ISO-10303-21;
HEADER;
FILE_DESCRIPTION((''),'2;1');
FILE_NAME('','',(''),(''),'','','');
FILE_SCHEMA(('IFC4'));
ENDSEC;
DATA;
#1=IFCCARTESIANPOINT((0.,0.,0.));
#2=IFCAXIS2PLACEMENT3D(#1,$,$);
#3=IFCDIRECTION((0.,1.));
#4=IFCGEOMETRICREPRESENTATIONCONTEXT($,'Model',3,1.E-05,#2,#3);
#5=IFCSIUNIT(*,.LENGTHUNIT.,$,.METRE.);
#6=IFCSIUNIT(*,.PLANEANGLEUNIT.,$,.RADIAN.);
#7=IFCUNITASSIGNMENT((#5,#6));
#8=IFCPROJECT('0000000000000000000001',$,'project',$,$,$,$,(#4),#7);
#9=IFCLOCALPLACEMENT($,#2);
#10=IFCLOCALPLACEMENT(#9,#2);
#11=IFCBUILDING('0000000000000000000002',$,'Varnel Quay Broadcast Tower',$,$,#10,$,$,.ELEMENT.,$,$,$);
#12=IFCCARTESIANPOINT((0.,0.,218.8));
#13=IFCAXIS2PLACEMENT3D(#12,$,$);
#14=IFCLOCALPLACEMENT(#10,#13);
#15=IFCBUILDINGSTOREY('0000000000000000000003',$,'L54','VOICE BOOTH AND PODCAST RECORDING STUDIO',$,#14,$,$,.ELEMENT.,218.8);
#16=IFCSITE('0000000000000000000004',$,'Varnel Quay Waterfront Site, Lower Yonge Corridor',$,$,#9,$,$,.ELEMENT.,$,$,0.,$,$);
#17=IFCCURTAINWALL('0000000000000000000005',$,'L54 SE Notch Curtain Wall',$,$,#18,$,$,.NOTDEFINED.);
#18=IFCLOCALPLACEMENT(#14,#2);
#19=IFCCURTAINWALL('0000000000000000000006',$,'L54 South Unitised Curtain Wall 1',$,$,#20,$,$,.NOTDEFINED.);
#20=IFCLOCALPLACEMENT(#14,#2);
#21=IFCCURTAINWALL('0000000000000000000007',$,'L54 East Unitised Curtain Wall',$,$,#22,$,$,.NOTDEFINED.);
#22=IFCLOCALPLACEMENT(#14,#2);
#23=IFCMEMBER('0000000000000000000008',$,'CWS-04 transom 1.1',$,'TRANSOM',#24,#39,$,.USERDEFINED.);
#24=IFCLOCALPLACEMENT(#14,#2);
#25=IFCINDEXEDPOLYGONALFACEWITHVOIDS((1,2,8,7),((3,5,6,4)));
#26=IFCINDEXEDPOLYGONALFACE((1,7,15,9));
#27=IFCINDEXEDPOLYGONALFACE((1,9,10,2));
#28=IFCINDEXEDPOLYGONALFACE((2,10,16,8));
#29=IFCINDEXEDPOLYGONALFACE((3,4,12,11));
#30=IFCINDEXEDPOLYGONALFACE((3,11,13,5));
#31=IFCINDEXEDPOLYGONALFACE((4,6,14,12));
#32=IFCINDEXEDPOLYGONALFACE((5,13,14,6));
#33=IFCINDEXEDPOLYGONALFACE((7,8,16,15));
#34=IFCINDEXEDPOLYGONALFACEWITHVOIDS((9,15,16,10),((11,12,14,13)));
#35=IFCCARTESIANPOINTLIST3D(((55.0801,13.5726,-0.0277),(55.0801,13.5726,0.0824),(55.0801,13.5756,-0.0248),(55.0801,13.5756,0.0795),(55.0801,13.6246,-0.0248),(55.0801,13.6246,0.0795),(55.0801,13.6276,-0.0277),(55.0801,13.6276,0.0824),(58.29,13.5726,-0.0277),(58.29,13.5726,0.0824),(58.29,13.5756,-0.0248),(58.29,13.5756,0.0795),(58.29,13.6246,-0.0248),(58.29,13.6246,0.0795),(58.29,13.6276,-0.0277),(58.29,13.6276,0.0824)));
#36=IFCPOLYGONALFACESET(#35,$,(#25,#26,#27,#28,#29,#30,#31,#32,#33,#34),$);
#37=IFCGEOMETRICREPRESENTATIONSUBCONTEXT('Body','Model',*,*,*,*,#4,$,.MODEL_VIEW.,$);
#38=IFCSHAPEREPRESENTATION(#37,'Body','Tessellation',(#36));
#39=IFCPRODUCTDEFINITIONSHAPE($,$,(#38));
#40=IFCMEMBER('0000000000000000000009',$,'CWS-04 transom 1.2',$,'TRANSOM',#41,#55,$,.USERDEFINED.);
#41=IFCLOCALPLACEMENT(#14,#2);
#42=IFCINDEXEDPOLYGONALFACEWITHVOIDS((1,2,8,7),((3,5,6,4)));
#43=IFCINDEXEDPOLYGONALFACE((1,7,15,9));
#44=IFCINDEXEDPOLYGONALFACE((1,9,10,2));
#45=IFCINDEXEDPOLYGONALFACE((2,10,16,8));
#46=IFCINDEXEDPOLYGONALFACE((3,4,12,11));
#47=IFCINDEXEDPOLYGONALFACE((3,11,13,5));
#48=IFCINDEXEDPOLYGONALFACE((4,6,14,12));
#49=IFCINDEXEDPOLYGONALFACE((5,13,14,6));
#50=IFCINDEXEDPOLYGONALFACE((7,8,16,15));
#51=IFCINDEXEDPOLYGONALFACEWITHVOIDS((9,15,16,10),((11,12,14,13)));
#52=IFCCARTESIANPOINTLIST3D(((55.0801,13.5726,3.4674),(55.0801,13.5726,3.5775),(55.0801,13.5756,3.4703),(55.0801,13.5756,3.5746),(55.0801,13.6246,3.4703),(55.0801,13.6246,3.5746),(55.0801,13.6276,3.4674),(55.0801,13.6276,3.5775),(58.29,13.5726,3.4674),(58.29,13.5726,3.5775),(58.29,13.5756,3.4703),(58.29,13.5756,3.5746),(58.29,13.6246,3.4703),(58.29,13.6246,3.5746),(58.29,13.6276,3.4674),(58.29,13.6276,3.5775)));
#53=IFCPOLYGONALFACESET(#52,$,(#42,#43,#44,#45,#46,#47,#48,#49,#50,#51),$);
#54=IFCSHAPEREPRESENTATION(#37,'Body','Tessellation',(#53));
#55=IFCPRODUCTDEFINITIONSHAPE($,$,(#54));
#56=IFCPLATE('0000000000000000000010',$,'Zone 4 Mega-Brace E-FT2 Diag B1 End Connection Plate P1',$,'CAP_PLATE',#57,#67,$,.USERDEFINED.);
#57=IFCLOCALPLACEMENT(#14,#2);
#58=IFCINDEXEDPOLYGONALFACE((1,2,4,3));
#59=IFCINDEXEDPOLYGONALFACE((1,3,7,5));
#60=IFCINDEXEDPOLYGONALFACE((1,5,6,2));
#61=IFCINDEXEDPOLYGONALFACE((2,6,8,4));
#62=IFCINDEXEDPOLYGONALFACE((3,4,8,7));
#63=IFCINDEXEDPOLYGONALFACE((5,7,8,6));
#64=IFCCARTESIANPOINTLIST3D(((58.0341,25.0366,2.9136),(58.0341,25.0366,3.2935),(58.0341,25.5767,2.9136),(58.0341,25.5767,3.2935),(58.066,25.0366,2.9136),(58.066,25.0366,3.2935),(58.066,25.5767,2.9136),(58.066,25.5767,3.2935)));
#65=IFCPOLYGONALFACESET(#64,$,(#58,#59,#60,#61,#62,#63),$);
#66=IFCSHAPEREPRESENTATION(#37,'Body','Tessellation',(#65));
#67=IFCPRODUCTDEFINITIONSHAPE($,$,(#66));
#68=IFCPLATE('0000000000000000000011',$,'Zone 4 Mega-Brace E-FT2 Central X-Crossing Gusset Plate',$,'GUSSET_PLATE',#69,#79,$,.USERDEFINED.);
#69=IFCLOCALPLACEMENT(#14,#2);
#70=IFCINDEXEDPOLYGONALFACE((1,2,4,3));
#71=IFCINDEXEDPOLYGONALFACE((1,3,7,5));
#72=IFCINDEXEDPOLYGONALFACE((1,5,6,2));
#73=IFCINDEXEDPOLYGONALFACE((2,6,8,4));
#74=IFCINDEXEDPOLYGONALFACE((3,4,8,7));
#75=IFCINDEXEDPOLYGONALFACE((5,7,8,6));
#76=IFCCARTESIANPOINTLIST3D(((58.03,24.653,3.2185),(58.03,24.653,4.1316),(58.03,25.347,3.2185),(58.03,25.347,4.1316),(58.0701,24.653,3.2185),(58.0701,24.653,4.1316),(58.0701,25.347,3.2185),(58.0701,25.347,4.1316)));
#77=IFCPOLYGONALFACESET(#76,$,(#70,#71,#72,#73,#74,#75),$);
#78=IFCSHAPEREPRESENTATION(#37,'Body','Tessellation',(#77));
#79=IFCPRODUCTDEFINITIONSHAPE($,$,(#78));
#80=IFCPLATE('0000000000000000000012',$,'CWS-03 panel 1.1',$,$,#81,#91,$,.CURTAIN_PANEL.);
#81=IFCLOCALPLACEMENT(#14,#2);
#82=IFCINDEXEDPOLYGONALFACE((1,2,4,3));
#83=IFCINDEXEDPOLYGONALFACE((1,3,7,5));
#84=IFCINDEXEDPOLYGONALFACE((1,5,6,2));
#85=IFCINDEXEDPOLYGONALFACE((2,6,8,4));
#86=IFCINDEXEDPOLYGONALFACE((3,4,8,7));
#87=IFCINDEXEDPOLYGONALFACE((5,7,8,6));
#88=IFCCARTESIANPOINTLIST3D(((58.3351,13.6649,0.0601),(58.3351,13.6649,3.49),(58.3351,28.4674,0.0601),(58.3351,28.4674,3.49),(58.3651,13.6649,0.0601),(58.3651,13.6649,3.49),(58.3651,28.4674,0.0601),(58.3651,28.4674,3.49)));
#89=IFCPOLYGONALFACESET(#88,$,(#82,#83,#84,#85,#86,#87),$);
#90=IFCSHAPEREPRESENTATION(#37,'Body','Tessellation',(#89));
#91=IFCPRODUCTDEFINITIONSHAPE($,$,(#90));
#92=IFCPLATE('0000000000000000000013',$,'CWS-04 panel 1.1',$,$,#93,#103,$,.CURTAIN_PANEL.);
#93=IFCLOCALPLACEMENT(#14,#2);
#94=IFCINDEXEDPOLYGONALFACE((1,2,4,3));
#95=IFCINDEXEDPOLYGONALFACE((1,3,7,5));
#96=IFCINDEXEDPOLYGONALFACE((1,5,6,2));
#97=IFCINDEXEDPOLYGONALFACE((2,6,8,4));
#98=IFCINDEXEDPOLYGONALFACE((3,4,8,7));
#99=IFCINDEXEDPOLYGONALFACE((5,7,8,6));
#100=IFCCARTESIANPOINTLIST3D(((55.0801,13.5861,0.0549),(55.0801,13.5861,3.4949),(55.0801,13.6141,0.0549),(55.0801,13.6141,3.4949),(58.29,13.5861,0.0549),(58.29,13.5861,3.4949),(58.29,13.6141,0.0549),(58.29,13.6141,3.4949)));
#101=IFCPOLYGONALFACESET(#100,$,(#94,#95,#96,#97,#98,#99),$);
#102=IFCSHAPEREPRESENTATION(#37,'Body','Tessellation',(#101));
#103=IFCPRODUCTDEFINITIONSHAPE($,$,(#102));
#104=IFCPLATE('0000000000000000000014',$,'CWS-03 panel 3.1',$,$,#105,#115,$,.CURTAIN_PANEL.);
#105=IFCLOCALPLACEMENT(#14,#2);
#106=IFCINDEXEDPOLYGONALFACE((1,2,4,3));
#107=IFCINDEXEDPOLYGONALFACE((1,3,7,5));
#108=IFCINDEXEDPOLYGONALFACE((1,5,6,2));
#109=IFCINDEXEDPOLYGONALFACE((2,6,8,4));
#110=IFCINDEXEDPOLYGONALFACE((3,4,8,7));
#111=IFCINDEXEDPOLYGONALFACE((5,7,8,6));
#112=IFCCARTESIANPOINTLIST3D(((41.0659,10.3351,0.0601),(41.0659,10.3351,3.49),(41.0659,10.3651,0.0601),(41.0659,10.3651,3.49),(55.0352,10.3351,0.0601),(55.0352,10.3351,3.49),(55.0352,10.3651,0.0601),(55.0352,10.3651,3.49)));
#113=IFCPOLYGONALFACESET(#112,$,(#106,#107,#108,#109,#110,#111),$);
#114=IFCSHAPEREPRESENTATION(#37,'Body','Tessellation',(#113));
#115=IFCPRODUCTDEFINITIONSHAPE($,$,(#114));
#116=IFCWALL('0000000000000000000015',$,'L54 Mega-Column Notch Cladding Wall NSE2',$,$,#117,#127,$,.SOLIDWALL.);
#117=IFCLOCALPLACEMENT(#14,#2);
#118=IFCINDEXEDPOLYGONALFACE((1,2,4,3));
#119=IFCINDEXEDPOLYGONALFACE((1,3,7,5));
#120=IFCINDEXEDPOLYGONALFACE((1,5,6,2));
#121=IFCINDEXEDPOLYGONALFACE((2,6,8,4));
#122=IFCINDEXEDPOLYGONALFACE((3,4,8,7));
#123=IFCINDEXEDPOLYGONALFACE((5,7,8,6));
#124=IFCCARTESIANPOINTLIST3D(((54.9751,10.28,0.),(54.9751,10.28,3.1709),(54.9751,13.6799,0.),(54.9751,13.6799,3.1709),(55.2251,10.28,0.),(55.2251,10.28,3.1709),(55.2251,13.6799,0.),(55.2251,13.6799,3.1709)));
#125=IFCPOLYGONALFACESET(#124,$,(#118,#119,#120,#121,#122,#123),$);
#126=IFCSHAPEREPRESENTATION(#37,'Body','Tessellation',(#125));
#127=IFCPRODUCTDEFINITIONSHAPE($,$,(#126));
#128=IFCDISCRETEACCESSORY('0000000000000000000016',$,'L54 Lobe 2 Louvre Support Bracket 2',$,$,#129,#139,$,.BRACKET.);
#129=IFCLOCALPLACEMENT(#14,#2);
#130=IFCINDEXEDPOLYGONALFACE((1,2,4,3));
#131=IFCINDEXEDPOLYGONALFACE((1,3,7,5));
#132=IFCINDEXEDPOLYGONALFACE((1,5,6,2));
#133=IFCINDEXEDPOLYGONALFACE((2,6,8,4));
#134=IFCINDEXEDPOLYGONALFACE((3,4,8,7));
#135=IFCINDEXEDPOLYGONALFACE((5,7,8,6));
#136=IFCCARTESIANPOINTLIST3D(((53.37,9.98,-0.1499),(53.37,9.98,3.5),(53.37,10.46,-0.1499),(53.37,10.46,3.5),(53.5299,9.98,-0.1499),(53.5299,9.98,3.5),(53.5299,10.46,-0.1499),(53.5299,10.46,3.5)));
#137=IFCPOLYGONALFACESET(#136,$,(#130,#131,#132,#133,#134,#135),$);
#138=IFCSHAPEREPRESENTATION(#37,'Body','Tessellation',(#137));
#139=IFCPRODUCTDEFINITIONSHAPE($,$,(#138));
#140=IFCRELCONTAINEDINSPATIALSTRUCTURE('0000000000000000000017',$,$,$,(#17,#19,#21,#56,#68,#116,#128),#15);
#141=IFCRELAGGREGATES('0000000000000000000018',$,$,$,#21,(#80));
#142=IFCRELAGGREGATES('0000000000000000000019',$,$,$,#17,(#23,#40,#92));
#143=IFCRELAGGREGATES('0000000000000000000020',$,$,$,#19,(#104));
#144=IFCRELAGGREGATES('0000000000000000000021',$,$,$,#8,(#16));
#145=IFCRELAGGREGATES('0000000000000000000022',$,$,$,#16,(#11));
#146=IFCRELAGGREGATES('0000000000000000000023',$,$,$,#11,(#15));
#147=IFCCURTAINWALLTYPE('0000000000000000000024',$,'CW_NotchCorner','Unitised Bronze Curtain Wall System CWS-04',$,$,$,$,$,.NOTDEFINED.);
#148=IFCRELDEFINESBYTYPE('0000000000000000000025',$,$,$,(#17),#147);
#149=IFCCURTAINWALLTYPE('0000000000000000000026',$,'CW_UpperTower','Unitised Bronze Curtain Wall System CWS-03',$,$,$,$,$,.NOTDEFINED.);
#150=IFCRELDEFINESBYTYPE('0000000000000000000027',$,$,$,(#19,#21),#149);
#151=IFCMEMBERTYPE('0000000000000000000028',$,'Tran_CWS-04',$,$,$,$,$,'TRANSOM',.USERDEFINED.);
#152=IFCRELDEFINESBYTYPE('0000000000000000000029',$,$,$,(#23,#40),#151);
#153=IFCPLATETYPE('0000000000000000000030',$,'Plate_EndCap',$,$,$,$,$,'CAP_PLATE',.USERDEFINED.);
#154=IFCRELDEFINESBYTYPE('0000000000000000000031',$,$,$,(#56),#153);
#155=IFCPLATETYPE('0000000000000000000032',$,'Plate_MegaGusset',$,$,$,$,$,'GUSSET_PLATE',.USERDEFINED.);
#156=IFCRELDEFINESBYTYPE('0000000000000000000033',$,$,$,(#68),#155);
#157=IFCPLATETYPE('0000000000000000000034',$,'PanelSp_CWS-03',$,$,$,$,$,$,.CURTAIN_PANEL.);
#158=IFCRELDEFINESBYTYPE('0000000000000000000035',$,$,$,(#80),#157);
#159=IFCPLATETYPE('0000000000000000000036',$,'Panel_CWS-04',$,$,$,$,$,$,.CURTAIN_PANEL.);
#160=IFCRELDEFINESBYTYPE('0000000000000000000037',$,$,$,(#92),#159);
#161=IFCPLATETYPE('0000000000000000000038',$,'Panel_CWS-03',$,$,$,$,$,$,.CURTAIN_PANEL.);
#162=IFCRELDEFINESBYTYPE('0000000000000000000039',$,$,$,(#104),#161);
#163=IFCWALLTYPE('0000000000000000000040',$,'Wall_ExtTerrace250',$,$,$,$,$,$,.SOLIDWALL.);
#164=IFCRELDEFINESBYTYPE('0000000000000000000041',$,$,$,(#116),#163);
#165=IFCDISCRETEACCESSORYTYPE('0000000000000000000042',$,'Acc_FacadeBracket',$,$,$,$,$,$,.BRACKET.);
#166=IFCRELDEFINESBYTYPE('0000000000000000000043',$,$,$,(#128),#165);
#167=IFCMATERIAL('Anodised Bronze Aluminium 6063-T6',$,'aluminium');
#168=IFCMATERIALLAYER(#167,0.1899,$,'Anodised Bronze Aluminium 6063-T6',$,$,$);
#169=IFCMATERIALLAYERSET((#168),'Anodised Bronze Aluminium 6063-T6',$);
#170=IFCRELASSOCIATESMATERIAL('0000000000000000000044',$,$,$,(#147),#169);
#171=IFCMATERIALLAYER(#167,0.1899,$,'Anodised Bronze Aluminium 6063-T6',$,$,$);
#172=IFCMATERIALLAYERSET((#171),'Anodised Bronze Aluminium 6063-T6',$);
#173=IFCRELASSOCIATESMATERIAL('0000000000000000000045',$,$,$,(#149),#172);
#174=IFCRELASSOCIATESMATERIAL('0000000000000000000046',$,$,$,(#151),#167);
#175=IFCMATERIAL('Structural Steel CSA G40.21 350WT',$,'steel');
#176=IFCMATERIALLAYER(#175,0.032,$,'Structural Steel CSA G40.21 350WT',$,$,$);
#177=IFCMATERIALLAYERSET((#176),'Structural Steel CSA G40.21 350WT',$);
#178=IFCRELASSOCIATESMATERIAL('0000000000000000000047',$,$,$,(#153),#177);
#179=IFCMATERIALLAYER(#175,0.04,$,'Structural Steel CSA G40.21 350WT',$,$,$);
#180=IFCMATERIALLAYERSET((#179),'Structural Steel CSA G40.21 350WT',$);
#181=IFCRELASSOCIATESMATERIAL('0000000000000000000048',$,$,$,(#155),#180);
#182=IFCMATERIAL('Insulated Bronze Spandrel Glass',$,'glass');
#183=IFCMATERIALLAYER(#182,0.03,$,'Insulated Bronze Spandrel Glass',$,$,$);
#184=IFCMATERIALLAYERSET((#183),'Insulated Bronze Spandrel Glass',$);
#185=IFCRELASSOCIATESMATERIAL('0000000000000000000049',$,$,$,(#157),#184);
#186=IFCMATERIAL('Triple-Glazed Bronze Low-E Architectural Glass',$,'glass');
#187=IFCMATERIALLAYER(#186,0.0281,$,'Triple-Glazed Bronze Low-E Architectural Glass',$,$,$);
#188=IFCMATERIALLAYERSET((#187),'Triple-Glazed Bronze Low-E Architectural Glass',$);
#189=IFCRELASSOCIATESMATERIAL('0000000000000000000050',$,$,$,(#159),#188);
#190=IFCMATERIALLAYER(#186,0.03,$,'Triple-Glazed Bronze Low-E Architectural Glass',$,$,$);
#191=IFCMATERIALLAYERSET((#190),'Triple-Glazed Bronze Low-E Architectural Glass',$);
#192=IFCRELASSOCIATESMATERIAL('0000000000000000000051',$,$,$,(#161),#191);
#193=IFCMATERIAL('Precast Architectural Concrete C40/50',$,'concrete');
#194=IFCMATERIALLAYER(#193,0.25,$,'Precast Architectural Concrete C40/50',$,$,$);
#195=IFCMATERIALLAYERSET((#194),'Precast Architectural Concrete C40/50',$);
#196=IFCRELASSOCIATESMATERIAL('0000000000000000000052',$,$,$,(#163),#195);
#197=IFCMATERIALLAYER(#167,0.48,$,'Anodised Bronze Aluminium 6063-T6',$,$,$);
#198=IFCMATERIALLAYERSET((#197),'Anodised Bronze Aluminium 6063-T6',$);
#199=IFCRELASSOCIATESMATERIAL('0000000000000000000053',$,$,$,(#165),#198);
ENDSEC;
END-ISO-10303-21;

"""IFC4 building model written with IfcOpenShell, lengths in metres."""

from ifc_helpers import new_model, si_unit, direction, frame, frame_2d, origin, origin_2d, place, context, subcontext, project, spatial, rectangle, hollow_rectangle, extrude, source, transform, mapped, material, layer, layer_set, material_profile, profile_set, type_object, type_shapes, element, aggregate, save


model = new_model("IFC4")

# Units and contexts
model_context = context("Model", 3, precision=1e-05, world=origin(), true_north=direction((0.0, 1.0)))
body_context = subcontext(model_context, "Body", "Model", "MODEL_VIEW")
ifc_project = project(units=[si_unit("LENGTHUNIT", "METRE"), si_unit("PLANEANGLEUNIT", "RADIAN")], contexts=[model_context])

# Site, building, storey
site_placement = place(None, origin())
site = spatial("IfcSite", under=ifc_project, at=site_placement, Name="Varnel Quay Waterfront Site, Lower Yonge Corridor", CompositionType="ELEMENT", RefElevation=0.0)
building_placement = place(site_placement, origin())
building = spatial("IfcBuilding", under=site, at=building_placement, Name="Varnel Quay Broadcast Tower", CompositionType="ELEMENT")
storey_placement = place(building_placement, frame((0.0, 0.0, 218.8)))
storey = spatial("IfcBuildingStorey", under=building, at=storey_placement, Name="L54", Description="VOICE BOOTH AND PODCAST RECORDING STUDIO", CompositionType="ELEMENT", Elevation=218.8)

# Shared definitions
ifc_material_1 = material(Name="Structural Steel CSA G40.21 350WT", Category="steel")

# Curtain wall
ifc_material_2 = material(Name="Anodised Bronze Aluminium 6063-T6", Category="aluminium")
ifc_layer_1 = layer(ifc_material_2, 0.1899, Name="Anodised Bronze Aluminium 6063-T6")
ifc_layer_set_1 = layer_set([ifc_layer_1], Name="Anodised Bronze Aluminium 6063-T6")
curtain_wall_type_1 = type_object("IfcCurtainWallType", Name="CW_NotchCorner", Description="Unitised Bronze Curtain Wall System CWS-04", PredefinedType="NOTDEFINED", material=ifc_layer_set_1)
curtain_wall_1_placement = place(storey_placement, origin())
curtain_wall_1 = element("IfcCurtainWall", 1, at=curtain_wall_1_placement, inside=storey, type_object=curtain_wall_type_1, Name="L54 SE Notch Curtain Wall", PredefinedType="NOTDEFINED")

# Curtain wall
ifc_layer_2 = layer(ifc_material_2, 0.1899, Name="Anodised Bronze Aluminium 6063-T6")
ifc_layer_set_2 = layer_set([ifc_layer_2], Name="Anodised Bronze Aluminium 6063-T6")
curtain_wall_type_2 = type_object("IfcCurtainWallType", Name="CW_UpperTower", Description="Unitised Bronze Curtain Wall System CWS-03", PredefinedType="NOTDEFINED", material=ifc_layer_set_2)
curtain_wall_2_placement = place(storey_placement, origin())
curtain_wall_2 = element("IfcCurtainWall", 2, at=curtain_wall_2_placement, inside=storey, type_object=curtain_wall_type_2, Name="L54 South Unitised Curtain Wall 1", PredefinedType="NOTDEFINED")

# Curtain wall
curtain_wall_3_placement = place(storey_placement, origin())
curtain_wall_3 = element("IfcCurtainWall", 3, at=curtain_wall_3_placement, inside=storey, type_object=curtain_wall_type_2, Name="L54 East Unitised Curtain Wall", PredefinedType="NOTDEFINED")

# Members
ifc_material_profile_1 = material_profile(ifc_material_2, hollow_rectangle(XDim=0.0549, YDim=0.1101, WallThickness=0.0029, at=origin_2d()), Name="ALU55X110X3")
ifc_profile_set_1 = profile_set([ifc_material_profile_1], Name="Anodised Bronze Aluminium 6063-T6")
member_type_1 = type_object("IfcMemberType", Name="Tran_CWS-04", ElementType="TRANSOM", PredefinedType="USERDEFINED", material=ifc_profile_set_1)
shared_shape_1 = source(origin(), body_context, "Body", "SweptSolid", [
    extrude(hollow_rectangle(XDim=0.0549, YDim=0.1101, WallThickness=0.0029, at=origin_2d()), origin(), (0.0, 0.0, 1.0), 3.21),
])
type_shapes(member_type_1, [shared_shape_1])
member_1_placement = place(storey_placement, frame((55.0801, 13.6001, 0.0273), z_axis=(1.0, 0.0, 0.0), x_axis=(0.0, 1.0, 0.0)))
member_1 = element("IfcMember", 4, at=member_1_placement, type_object=member_type_1, Name="CWS-04 transom 1.1", ObjectType="TRANSOM", PredefinedType="USERDEFINED", context=body_context, shape_type="MappedRepresentation", body=[
    mapped(shared_shape_1, transform((0.0, 0.0, 0.0), x_axis=(1.0, 0.0, 0.0), y_axis=(0.0, 1.0, 0.0), z_axis=(0.0, 0.0, 1.0), scale=1.0)),
])
member_2_placement = place(storey_placement, frame((55.0801, 13.6001, 3.5225), z_axis=(1.0, 0.0, 0.0), x_axis=(0.0, 1.0, 0.0)))
member_2 = element("IfcMember", 5, at=member_2_placement, type_object=member_type_1, Name="CWS-04 transom 1.2", ObjectType="TRANSOM", PredefinedType="USERDEFINED", context=body_context, shape_type="MappedRepresentation", body=[
    mapped(shared_shape_1, transform((0.0, 0.0, 0.0), x_axis=(1.0, 0.0, 0.0), y_axis=(0.0, 1.0, 0.0), z_axis=(0.0, 0.0, 1.0), scale=1.0)),
])

# Plates
ifc_layer_3 = layer(ifc_material_1, 0.032, Name="Structural Steel CSA G40.21 350WT")
ifc_layer_set_3 = layer_set([ifc_layer_3], Name="Structural Steel CSA G40.21 350WT")
plate_type_1 = type_object("IfcPlateType", Name="Plate_EndCap", ElementType="CAP_PLATE", PredefinedType="USERDEFINED", material=ifc_layer_set_3)
shared_shape_2 = source(origin(), body_context, "Body", "SweptSolid", [
    extrude(rectangle(XDim=0.54, YDim=0.032, at=origin_2d()), origin(), (0.0, 0.0, 1.0), 0.3799),
])
type_shapes(plate_type_1, [shared_shape_2])
plate_1_placement = place(storey_placement, frame((58.05, 25.3066, 2.9136), z_axis=(0.0, 0.0, 1.0), x_axis=(0.0, 1.0, 0.0)))
element("IfcPlate", 6, at=plate_1_placement, inside=storey, type_object=plate_type_1, Name="Zone 4 Mega-Brace E-FT2 Diag B1 End Connection Plate P1", ObjectType="CAP_PLATE", PredefinedType="USERDEFINED", context=body_context, shape_type="MappedRepresentation", body=[
    mapped(shared_shape_2, transform((0.0, 0.0, 0.0), x_axis=(1.0, 0.0, 0.0), y_axis=(0.0, 1.0, 0.0), z_axis=(0.0, 0.0, 1.0), scale=1.0)),
])
ifc_layer_4 = layer(ifc_material_1, 0.04, Name="Structural Steel CSA G40.21 350WT")
ifc_layer_set_4 = layer_set([ifc_layer_4], Name="Structural Steel CSA G40.21 350WT")
plate_type_2 = type_object("IfcPlateType", Name="Plate_MegaGusset", ElementType="GUSSET_PLATE", PredefinedType="USERDEFINED", material=ifc_layer_set_4)
shared_shape_3 = source(origin(), body_context, "Body", "SweptSolid", [
    extrude(rectangle(XDim=0.6941, YDim=0.04, at=origin_2d()), origin(), (0.0, 0.0, 1.0), 0.9131),
])
type_shapes(plate_type_2, [shared_shape_3])
plate_2_placement = place(storey_placement, frame((58.05, 25.0, 3.2185), z_axis=(0.0, 0.0, 1.0), x_axis=(0.0, 1.0, 0.0)))
element("IfcPlate", 7, at=plate_2_placement, inside=storey, type_object=plate_type_2, Name="Zone 4 Mega-Brace E-FT2 Central X-Crossing Gusset Plate", ObjectType="GUSSET_PLATE", PredefinedType="USERDEFINED", context=body_context, shape_type="MappedRepresentation", body=[
    mapped(shared_shape_3, transform((0.0, 0.0, 0.0), x_axis=(1.0, 0.0, 0.0), y_axis=(0.0, 1.0, 0.0), z_axis=(0.0, 0.0, 1.0), scale=1.0)),
])

# Plates
ifc_material_3 = material(Name="Insulated Bronze Spandrel Glass", Category="glass")
ifc_layer_5 = layer(ifc_material_3, 0.03, Name="Insulated Bronze Spandrel Glass")
ifc_layer_set_5 = layer_set([ifc_layer_5], Name="Insulated Bronze Spandrel Glass")
plate_type_3 = type_object("IfcPlateType", Name="PanelSp_CWS-03", PredefinedType="CURTAIN_PANEL", material=ifc_layer_set_5)
shared_shape_4 = source(origin(), body_context, "Body", "SweptSolid", [
    extrude(rectangle(XDim=14.8025, YDim=0.03, at=origin_2d()), origin(), (0.0, 0.0, 1.0), 3.4299),
])
type_shapes(plate_type_3, [shared_shape_4])
plate_3_placement = place(storey_placement, frame((58.3501, 21.0662, 0.0601), z_axis=(0.0, 0.0, 1.0), x_axis=(0.0, 1.0, 0.0)))
plate_3 = element("IfcPlate", 8, at=plate_3_placement, type_object=plate_type_3, Name="CWS-03 panel 1.1", PredefinedType="CURTAIN_PANEL", context=body_context, shape_type="MappedRepresentation", body=[
    mapped(shared_shape_4, transform((0.0, 0.0, 0.0), x_axis=(1.0, 0.0, 0.0), y_axis=(0.0, 1.0, 0.0), z_axis=(0.0, 0.0, 1.0), scale=1.0)),
])
aggregate(curtain_wall_3, [plate_3])
ifc_material_4 = material(Name="Triple-Glazed Bronze Low-E Architectural Glass", Category="glass")
ifc_layer_6 = layer(ifc_material_4, 0.0281, Name="Triple-Glazed Bronze Low-E Architectural Glass")
ifc_layer_set_6 = layer_set([ifc_layer_6], Name="Triple-Glazed Bronze Low-E Architectural Glass")
plate_type_4 = type_object("IfcPlateType", Name="Panel_CWS-04", PredefinedType="CURTAIN_PANEL", material=ifc_layer_set_6)
shared_shape_5 = source(origin(), body_context, "Body", "SweptSolid", [
    extrude(rectangle(XDim=3.21, YDim=0.0281, at=origin_2d()), origin(), (0.0, 0.0, 1.0), 3.4399),
])
type_shapes(plate_type_4, [shared_shape_5])
plate_4_placement = place(storey_placement, frame((56.6851, 13.6001, 0.0549), z_axis=(0.0, 0.0, 1.0), x_axis=(1.0, 0.0, 0.0)))
plate_4 = element("IfcPlate", 9, at=plate_4_placement, type_object=plate_type_4, Name="CWS-04 panel 1.1", PredefinedType="CURTAIN_PANEL", context=body_context, shape_type="MappedRepresentation", body=[
    mapped(shared_shape_5, transform((0.0, 0.0, 0.0), x_axis=(1.0, 0.0, 0.0), y_axis=(0.0, 1.0, 0.0), z_axis=(0.0, 0.0, 1.0), scale=1.0)),
])
aggregate(curtain_wall_1, [member_1, member_2, plate_4])
ifc_layer_7 = layer(ifc_material_4, 0.03, Name="Triple-Glazed Bronze Low-E Architectural Glass")
ifc_layer_set_7 = layer_set([ifc_layer_7], Name="Triple-Glazed Bronze Low-E Architectural Glass")
plate_type_5 = type_object("IfcPlateType", Name="Panel_CWS-03", PredefinedType="CURTAIN_PANEL", material=ifc_layer_set_7)
shared_shape_6 = source(origin(), body_context, "Body", "SweptSolid", [
    extrude(rectangle(XDim=13.9692, YDim=0.03, at=origin_2d()), origin(), (0.0, 0.0, 1.0), 3.4299),
])
type_shapes(plate_type_5, [shared_shape_6])
plate_5_placement = place(storey_placement, frame((48.0505, 10.3501, 0.0601), z_axis=(0.0, 0.0, 1.0), x_axis=(1.0, 0.0, 0.0)))
plate_5 = element("IfcPlate", 10, at=plate_5_placement, type_object=plate_type_5, Name="CWS-03 panel 3.1", PredefinedType="CURTAIN_PANEL", context=body_context, shape_type="MappedRepresentation", body=[
    mapped(shared_shape_6, transform((0.0, 0.0, 0.0), x_axis=(1.0, 0.0, 0.0), y_axis=(0.0, 1.0, 0.0), z_axis=(0.0, 0.0, 1.0), scale=1.0)),
])
aggregate(curtain_wall_2, [plate_5])

# Wall
ifc_material_5 = material(Name="Precast Architectural Concrete C40/50", Category="concrete")
ifc_layer_8 = layer(ifc_material_5, 0.25, Name="Precast Architectural Concrete C40/50")
ifc_layer_set_8 = layer_set([ifc_layer_8], Name="Precast Architectural Concrete C40/50")
wall_type = type_object("IfcWallType", Name="Wall_ExtTerrace250", PredefinedType="SOLIDWALL", material=ifc_layer_set_8)
wall_placement = place(storey_placement, frame((55.1001, 10.28, 0.0), z_axis=(0.0, 0.0, 1.0), x_axis=(0.0, 1.0, 0.0)))
element("IfcWall", 11, at=wall_placement, inside=storey, type_object=wall_type, Name="L54 Mega-Column Notch Cladding Wall NSE2", PredefinedType="SOLIDWALL", context=body_context, shape_type="SweptSolid", body=[
    extrude(rectangle(XDim=3.3999, YDim=0.25, at=frame_2d((1.7, 0.0))), origin(), (0.0, 0.0, 1.0), 3.1709),
])

# Discrete accessory
ifc_layer_9 = layer(ifc_material_2, 0.48, Name="Anodised Bronze Aluminium 6063-T6")
ifc_layer_set_9 = layer_set([ifc_layer_9], Name="Anodised Bronze Aluminium 6063-T6")
discrete_accessory_type = type_object("IfcDiscreteAccessoryType", Name="Acc_FacadeBracket", PredefinedType="BRACKET", material=ifc_layer_set_9)
shared_shape_7 = source(origin(), body_context, "Body", "SweptSolid", [
    extrude(rectangle(XDim=0.1599, YDim=0.48, at=origin_2d()), origin(), (0.0, 0.0, 1.0), 3.6499),
])
type_shapes(discrete_accessory_type, [shared_shape_7])
discrete_accessory_placement = place(storey_placement, frame((53.45, 10.22, -0.1499), z_axis=(0.0, 0.0, 1.0), x_axis=(1.0, 0.0, 0.0)))
element("IfcDiscreteAccessory", 12, at=discrete_accessory_placement, inside=storey, type_object=discrete_accessory_type, Name="L54 Lobe 2 Louvre Support Bracket 2", PredefinedType="BRACKET", context=body_context, shape_type="MappedRepresentation", body=[
    mapped(shared_shape_7, transform((0.0, 0.0, 0.0), x_axis=(1.0, 0.0, 0.0), y_axis=(0.0, 1.0, 0.0), z_axis=(0.0, 0.0, 1.0), scale=1.0)),
])

save(model, "model.ifc")
